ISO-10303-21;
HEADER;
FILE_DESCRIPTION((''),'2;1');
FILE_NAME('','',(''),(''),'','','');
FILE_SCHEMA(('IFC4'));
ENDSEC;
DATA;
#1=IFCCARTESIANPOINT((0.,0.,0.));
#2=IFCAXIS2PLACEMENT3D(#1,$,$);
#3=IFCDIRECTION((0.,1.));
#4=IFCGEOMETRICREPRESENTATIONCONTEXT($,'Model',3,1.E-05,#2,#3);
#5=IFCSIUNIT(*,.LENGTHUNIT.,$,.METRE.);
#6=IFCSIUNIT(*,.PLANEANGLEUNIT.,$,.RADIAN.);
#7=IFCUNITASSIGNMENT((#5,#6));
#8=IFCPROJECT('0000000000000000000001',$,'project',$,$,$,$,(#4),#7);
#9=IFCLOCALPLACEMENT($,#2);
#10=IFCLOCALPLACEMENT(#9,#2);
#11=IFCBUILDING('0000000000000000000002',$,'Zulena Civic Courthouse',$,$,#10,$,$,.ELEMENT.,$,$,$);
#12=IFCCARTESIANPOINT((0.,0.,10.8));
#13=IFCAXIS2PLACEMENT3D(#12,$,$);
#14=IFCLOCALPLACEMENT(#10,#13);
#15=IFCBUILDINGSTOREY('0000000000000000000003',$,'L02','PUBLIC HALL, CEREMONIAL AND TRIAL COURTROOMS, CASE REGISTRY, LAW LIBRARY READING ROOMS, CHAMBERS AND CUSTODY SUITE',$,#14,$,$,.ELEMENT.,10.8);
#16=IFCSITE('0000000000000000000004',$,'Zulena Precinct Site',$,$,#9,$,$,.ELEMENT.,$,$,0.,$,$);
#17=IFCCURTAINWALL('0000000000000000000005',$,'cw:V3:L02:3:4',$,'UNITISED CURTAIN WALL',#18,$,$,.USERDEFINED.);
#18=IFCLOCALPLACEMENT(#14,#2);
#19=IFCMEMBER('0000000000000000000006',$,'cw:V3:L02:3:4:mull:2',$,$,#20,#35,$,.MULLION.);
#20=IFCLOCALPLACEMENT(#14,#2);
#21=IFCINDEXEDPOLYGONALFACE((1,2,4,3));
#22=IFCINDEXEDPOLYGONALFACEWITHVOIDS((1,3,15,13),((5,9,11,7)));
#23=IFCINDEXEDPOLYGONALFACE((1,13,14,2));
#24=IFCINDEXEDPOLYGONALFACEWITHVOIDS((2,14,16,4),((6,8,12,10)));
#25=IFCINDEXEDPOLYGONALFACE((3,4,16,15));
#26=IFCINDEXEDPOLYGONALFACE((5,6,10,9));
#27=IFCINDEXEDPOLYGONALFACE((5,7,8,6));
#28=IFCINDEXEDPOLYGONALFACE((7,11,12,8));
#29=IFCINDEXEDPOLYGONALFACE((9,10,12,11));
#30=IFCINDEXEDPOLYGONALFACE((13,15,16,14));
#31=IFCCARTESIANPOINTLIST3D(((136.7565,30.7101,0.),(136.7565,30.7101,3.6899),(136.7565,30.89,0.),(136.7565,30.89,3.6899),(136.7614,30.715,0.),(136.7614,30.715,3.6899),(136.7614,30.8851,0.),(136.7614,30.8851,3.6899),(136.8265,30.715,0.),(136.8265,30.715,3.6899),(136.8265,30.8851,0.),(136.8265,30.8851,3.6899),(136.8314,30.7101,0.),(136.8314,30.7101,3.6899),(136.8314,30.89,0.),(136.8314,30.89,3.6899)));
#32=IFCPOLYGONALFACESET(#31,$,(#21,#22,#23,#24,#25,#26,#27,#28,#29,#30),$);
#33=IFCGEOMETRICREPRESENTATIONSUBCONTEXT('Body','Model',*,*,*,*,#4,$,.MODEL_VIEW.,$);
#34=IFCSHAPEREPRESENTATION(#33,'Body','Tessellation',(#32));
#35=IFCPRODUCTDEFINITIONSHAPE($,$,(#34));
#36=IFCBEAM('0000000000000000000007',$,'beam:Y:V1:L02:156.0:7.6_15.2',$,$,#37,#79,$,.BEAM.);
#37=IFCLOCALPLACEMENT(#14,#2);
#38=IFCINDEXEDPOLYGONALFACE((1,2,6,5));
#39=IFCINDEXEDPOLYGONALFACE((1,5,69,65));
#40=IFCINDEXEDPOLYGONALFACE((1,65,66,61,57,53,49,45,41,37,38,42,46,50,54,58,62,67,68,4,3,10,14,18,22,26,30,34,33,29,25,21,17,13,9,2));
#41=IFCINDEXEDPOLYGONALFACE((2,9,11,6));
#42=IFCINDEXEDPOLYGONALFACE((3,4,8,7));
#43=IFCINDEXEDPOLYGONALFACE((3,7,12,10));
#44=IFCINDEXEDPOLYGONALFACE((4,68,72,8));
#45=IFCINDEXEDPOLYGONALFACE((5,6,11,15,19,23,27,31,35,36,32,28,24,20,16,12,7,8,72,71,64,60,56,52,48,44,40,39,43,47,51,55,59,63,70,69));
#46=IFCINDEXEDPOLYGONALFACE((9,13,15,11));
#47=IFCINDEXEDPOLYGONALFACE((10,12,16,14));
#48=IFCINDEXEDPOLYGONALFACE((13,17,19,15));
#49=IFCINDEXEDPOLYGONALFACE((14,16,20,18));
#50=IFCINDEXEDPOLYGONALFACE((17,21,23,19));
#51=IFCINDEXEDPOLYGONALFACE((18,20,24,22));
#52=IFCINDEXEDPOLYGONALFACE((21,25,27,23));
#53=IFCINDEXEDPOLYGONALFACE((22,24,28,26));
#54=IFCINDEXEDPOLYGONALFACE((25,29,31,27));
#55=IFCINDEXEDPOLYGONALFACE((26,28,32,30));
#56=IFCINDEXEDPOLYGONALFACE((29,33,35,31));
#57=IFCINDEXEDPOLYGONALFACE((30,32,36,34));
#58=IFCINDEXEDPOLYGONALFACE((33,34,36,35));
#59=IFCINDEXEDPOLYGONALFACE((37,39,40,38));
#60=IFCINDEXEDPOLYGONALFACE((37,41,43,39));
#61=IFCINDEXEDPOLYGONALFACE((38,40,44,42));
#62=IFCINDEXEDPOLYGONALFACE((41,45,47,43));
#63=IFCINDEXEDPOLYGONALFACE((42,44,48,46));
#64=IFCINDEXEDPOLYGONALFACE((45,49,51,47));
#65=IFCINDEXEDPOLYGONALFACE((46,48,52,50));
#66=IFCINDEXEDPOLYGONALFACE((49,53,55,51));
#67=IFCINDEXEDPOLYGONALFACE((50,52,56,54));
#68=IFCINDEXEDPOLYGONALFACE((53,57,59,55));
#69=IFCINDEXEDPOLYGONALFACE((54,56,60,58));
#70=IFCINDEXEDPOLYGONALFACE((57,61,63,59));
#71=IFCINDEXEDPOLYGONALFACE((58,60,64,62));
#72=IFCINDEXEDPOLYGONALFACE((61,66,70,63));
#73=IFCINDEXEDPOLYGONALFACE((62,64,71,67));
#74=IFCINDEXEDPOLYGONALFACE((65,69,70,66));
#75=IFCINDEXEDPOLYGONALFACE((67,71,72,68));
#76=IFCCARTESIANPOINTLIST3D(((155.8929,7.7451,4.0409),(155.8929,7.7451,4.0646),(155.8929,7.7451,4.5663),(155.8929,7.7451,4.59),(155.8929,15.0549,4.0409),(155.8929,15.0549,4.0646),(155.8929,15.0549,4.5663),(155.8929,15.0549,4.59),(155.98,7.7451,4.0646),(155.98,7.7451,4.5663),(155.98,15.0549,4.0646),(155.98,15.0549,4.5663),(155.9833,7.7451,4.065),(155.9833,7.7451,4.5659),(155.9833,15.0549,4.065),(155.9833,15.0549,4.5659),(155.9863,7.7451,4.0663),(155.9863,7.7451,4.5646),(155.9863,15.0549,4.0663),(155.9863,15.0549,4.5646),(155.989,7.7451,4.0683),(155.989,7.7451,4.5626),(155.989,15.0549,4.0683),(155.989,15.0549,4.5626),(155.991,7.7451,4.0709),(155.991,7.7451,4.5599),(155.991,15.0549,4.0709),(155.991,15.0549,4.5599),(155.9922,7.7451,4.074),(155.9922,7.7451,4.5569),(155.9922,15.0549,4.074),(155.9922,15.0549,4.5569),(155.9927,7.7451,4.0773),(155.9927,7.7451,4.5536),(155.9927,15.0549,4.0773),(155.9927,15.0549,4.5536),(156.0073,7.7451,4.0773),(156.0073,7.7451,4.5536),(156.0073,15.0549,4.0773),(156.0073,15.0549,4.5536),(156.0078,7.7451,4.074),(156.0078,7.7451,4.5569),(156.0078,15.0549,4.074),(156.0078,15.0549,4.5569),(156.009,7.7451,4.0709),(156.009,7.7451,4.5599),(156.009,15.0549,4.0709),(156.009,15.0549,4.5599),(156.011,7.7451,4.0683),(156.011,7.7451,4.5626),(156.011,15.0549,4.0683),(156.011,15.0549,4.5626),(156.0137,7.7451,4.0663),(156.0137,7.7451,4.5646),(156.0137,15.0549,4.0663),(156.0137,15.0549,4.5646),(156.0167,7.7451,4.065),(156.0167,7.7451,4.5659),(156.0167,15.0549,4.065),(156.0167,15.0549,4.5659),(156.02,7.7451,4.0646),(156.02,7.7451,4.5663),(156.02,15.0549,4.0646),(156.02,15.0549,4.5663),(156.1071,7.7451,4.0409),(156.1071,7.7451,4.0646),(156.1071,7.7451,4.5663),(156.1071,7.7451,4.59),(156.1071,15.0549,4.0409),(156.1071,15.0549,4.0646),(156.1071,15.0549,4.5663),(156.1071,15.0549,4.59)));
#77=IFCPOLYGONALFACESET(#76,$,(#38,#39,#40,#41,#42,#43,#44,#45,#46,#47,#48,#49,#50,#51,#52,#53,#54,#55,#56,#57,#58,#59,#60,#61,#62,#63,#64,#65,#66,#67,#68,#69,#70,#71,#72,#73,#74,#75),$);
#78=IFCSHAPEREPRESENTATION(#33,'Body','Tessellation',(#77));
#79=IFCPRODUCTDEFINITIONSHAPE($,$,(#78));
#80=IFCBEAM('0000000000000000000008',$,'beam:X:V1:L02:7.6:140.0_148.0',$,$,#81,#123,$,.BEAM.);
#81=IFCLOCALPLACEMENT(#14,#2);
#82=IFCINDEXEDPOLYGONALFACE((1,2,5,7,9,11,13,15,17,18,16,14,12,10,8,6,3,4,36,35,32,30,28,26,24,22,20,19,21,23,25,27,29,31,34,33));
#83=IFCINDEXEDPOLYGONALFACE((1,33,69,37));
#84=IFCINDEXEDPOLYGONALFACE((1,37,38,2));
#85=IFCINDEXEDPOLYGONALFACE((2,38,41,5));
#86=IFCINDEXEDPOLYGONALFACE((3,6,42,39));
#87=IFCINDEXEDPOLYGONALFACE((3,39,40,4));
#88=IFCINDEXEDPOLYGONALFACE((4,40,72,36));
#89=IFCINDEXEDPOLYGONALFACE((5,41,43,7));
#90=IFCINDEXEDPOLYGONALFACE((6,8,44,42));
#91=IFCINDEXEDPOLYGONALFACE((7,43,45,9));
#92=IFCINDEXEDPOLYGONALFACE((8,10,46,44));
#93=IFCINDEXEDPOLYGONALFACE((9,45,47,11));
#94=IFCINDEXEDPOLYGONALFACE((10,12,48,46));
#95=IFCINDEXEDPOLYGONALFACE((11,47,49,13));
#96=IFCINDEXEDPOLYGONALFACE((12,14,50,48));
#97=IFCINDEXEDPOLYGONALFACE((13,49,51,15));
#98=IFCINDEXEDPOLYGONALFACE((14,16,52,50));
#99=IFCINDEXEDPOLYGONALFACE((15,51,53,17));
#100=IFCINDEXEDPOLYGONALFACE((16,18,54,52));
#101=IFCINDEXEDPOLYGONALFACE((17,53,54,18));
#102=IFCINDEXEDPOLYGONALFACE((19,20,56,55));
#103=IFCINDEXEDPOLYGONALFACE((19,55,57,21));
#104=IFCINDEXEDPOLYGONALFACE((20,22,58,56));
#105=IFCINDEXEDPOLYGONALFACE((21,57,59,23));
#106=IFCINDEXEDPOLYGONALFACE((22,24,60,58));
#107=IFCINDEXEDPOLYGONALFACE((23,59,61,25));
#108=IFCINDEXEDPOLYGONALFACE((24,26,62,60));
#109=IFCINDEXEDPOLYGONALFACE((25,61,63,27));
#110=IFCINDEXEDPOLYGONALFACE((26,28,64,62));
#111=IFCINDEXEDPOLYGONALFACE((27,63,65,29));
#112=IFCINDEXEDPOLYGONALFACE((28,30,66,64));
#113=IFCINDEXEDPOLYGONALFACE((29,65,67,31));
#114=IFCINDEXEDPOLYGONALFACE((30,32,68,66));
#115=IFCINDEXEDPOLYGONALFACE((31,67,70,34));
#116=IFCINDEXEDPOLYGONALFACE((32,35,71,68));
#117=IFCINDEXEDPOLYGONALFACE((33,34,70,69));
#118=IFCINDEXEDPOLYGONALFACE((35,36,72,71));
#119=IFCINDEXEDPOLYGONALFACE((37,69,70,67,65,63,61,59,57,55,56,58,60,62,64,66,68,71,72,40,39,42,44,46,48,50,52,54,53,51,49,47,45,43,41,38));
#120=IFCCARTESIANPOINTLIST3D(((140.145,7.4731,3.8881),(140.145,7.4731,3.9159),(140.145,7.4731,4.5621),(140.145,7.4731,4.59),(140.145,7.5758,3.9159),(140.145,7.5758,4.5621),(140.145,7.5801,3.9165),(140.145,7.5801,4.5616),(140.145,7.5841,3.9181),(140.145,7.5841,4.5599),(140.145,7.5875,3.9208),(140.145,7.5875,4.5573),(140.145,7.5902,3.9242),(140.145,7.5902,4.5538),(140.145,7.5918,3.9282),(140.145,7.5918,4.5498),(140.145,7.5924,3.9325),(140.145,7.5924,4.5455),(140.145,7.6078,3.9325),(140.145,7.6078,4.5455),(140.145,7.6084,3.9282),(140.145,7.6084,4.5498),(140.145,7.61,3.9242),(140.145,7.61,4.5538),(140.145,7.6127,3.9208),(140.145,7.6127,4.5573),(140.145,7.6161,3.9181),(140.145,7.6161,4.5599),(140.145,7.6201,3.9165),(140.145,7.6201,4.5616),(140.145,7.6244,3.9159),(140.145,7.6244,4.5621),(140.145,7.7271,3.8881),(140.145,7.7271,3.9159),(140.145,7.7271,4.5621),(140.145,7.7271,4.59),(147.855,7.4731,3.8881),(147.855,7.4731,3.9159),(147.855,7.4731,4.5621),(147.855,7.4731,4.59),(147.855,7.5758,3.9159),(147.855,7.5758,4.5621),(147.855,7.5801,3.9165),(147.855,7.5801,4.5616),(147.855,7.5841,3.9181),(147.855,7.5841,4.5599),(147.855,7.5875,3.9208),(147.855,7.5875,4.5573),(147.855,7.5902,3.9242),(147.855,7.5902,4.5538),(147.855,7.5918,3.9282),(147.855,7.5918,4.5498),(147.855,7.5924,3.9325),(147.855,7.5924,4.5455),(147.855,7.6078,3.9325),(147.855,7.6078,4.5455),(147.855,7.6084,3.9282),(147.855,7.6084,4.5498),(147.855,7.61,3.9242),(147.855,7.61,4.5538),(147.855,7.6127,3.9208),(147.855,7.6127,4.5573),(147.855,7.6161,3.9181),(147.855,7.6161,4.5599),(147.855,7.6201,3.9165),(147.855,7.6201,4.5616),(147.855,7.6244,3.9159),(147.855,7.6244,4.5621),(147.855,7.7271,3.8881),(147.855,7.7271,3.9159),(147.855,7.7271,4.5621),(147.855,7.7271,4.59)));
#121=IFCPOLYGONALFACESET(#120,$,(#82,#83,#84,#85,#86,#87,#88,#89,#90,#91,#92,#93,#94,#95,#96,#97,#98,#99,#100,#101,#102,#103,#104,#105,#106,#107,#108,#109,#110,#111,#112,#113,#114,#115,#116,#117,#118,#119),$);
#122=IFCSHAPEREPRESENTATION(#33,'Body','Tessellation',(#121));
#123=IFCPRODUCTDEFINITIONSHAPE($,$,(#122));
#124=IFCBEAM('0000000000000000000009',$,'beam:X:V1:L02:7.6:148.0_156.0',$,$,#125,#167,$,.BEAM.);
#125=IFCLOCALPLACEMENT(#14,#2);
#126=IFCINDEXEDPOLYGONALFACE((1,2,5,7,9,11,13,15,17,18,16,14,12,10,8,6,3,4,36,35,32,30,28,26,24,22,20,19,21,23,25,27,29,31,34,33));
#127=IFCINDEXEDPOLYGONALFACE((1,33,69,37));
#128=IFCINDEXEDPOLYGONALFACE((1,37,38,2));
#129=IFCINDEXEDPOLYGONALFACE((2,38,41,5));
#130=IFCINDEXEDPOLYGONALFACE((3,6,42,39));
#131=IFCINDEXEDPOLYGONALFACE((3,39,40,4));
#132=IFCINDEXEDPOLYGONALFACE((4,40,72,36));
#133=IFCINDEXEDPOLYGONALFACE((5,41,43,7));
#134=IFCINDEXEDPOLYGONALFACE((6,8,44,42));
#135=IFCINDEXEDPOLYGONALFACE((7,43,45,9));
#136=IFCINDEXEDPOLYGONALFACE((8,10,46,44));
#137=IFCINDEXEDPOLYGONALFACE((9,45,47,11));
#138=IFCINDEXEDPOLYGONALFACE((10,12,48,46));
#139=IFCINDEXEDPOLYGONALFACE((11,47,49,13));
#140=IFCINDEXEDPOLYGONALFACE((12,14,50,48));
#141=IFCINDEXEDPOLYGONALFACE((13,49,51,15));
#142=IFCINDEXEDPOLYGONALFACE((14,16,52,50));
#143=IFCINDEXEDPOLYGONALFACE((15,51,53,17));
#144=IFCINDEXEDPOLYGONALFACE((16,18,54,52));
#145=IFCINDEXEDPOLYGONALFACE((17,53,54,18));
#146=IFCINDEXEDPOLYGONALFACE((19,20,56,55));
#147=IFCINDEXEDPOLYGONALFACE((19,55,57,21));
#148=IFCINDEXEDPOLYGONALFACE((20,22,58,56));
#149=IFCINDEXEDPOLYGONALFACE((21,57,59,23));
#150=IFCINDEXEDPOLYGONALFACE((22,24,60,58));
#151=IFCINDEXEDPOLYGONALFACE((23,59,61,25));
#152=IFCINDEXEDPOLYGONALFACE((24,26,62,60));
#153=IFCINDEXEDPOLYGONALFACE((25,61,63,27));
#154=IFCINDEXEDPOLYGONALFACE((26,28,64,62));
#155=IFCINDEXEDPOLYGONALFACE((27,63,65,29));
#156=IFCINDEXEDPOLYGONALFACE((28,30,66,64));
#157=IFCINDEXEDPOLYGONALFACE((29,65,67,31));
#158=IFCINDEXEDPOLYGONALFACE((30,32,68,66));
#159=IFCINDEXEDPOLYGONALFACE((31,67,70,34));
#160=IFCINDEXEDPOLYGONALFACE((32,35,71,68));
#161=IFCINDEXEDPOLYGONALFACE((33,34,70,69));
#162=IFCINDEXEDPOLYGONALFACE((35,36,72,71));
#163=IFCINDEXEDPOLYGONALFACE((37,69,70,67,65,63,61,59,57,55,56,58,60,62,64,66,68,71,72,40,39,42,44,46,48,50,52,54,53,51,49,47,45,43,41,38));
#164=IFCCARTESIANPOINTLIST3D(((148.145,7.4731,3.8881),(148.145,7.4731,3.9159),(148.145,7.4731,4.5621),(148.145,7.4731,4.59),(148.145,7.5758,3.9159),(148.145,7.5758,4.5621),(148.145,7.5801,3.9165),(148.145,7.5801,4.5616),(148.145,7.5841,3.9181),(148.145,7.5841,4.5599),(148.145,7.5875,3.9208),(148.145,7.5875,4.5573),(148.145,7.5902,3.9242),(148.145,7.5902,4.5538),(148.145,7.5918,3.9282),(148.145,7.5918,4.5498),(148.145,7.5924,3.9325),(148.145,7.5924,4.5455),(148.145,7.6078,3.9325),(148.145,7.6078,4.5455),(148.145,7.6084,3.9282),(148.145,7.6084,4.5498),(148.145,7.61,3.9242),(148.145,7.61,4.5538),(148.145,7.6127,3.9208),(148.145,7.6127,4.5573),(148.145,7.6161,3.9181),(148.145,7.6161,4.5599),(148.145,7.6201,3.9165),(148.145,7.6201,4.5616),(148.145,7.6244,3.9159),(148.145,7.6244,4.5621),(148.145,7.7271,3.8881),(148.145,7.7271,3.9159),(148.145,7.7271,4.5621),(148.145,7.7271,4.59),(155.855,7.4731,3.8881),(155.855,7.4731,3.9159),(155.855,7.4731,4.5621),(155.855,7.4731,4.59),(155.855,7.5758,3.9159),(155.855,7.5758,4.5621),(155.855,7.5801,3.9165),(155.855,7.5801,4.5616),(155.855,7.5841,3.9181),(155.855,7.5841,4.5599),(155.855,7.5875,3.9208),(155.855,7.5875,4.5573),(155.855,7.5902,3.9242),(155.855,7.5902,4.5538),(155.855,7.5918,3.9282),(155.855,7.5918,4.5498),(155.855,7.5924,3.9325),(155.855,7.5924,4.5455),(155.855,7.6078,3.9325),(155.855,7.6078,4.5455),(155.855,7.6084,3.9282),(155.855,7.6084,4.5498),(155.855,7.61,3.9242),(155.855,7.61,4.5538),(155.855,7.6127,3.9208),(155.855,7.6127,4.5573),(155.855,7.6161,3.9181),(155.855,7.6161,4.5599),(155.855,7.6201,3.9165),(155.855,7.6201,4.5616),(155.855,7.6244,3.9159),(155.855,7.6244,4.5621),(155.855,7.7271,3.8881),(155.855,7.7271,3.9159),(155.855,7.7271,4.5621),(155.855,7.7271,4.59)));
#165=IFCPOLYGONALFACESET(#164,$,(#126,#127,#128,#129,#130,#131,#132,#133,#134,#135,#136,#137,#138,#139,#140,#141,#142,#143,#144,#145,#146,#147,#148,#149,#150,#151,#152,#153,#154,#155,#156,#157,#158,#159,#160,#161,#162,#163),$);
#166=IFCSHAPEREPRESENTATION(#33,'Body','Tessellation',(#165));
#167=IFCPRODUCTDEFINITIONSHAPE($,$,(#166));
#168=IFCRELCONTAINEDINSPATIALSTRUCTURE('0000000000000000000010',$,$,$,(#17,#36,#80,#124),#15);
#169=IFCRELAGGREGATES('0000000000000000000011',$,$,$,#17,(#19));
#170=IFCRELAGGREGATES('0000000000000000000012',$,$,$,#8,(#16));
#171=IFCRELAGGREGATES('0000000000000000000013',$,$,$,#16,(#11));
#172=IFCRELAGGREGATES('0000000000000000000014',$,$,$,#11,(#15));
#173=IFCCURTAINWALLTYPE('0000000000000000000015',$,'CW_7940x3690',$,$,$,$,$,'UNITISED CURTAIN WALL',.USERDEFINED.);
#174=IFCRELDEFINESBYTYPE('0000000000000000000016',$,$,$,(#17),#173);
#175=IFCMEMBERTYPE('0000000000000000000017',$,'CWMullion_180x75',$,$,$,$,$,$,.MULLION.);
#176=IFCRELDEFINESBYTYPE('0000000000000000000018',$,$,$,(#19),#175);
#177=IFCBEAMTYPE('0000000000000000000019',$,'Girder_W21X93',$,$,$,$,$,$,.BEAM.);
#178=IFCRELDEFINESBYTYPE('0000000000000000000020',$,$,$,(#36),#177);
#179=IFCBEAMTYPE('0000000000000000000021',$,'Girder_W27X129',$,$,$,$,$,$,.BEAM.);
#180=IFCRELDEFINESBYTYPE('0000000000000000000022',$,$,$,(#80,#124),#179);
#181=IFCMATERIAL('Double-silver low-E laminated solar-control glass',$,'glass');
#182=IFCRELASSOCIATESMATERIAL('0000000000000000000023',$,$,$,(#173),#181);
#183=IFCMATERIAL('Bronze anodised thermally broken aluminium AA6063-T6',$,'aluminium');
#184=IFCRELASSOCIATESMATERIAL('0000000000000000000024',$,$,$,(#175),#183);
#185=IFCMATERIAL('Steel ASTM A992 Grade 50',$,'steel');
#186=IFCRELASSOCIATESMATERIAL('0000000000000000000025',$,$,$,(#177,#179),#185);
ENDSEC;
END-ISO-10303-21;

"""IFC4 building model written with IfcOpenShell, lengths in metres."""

from ifc_helpers import new_model, si_unit, direction, frame, origin, origin_2d, place, context, subcontext, project, spatial, hollow_rectangle, i_section, extrude, material, material_profile, profile_set, type_object, element, aggregate, save


model = new_model("IFC4")

# Units and contexts
model_context = context("Model", 3, precision=1e-05, world=origin(), true_north=direction((0.0, 1.0)))
body_context = subcontext(model_context, "Body", "Model", "MODEL_VIEW")
ifc_project = project(units=[si_unit("LENGTHUNIT", "METRE"), si_unit("PLANEANGLEUNIT", "RADIAN")], contexts=[model_context])

# Site, building, storey
site_placement = place(None, origin())
site = spatial("IfcSite", under=ifc_project, at=site_placement, Name="Zulena Precinct Site", CompositionType="ELEMENT", RefElevation=0.0)
building_placement = place(site_placement, origin())
building = spatial("IfcBuilding", under=site, at=building_placement, Name="Zulena Civic Courthouse", CompositionType="ELEMENT")
storey_placement = place(building_placement, frame((0.0, 0.0, 10.8)))
storey = spatial("IfcBuildingStorey", under=building, at=storey_placement, Name="L02", Description="PUBLIC HALL, CEREMONIAL AND TRIAL COURTROOMS, CASE REGISTRY, LAW LIBRARY READING ROOMS, CHAMBERS AND CUSTODY SUITE", CompositionType="ELEMENT", Elevation=10.8)

# Shared definitions
ifc_material_1 = material(Name="Steel ASTM A992 Grade 50", Category="steel")

# Curtain wall, member
ifc_material_2 = material(Name="Double-silver low-E laminated solar-control glass", Category="glass")
curtain_wall_type = type_object("IfcCurtainWallType", Name="CW_7940x3690", ElementType="UNITISED CURTAIN WALL", PredefinedType="USERDEFINED", material=ifc_material_2)
curtain_wall_placement = place(storey_placement, origin())
curtain_wall = element("IfcCurtainWall", 1, at=curtain_wall_placement, inside=storey, type_object=curtain_wall_type, Name="cw:V3:L02:3:4", ObjectType="UNITISED CURTAIN WALL", PredefinedType="USERDEFINED")
ifc_material_3 = material(Name="Bronze anodised thermally broken aluminium AA6063-T6", Category="aluminium")
ifc_material_profile_1 = material_profile(ifc_material_3, hollow_rectangle(XDim=0.075, YDim=0.1799, WallThickness=0.0049, at=origin_2d()), Name="CWM180X75X5")
ifc_profile_set_1 = profile_set([ifc_material_profile_1], Name="Bronze anodised thermally broken aluminium AA6063-T6")
member_type = type_object("IfcMemberType", Name="CWMullion_180x75", PredefinedType="MULLION", material=ifc_profile_set_1)
member_1_placement = place(storey_placement, frame((136.7939, 30.8, 0.0), z_axis=(0.0, 0.0, 1.0), x_axis=(1.0, 0.0, 0.0)))
member_1 = element("IfcMember", 2, at=member_1_placement, type_object=member_type, Name="cw:V3:L02:3:4:mull:2", PredefinedType="MULLION", context=body_context, shape_type="SweptSolid", body=[
    extrude(hollow_rectangle(XDim=0.075, YDim=0.1799, WallThickness=0.0049, at=origin_2d()), origin(), (0.0, 0.0, 1.0), 3.6899),
])

# Beams
ifc_material_profile_2 = material_profile(ifc_material_1, i_section(OverallWidth=0.2141, OverallDepth=0.5491, WebThickness=0.0146, FlangeThickness=0.0237, FilletRadius=0.0127, at=origin_2d()), Name="W21X93")
ifc_profile_set_2 = profile_set([ifc_material_profile_2], Name="Steel ASTM A992 Grade 50")
beam_type_1 = type_object("IfcBeamType", Name="Girder_W21X93", PredefinedType="BEAM", material=ifc_profile_set_2)
beam_placement = place(storey_placement, frame((156.0, 7.7451, 4.3154), z_axis=(0.0, 1.0, 0.0), x_axis=(-1.0, 0.0, 0.0)))
element("IfcBeam", 3, at=beam_placement, inside=storey, type_object=beam_type_1, Name="beam:Y:V1:L02:156.0:7.6_15.2", PredefinedType="BEAM", context=body_context, shape_type="SweptSolid", body=[
    extrude(i_section(OverallWidth=0.2141, OverallDepth=0.5491, WebThickness=0.0146, FlangeThickness=0.0237, FilletRadius=0.0127, at=origin_2d()), origin(), (0.0, 0.0, 1.0), 7.3098),
])
ifc_material_profile_3 = material_profile(ifc_material_1, i_section(OverallWidth=0.2539, OverallDepth=0.7019, WebThickness=0.0154, FlangeThickness=0.0278, FilletRadius=0.0166, at=origin_2d()), Name="W27X129")
ifc_profile_set_3 = profile_set([ifc_material_profile_3], Name="Steel ASTM A992 Grade 50")
beam_type_2 = type_object("IfcBeamType", Name="Girder_W27X129", PredefinedType="BEAM", material=ifc_profile_set_3)
for number, where, z_axis, x_axis, name in (
    (4, (140.145, 7.6001, 4.239), (1.0, 0.0, 0.0), (0.0, 1.0, 0.0), "beam:X:V1:L02:7.6:140.0_148.0"),
    (5, (148.145, 7.6001, 4.239), (1.0, 0.0, 0.0), (0.0, 1.0, 0.0), "beam:X:V1:L02:7.6:148.0_156.0"),
):
    element("IfcBeam", number, at=place(storey_placement, frame(where, z_axis=z_axis, x_axis=x_axis)), inside=storey, type_object=beam_type_2, Name=name, PredefinedType="BEAM", context=body_context, shape_type="SweptSolid", body=[
        extrude(i_section(OverallWidth=0.2539, OverallDepth=0.7019, WebThickness=0.0154, FlangeThickness=0.0278, FilletRadius=0.0166, at=origin_2d()), origin(), (0.0, 0.0, 1.0), 7.71),
    ])

aggregate(curtain_wall, [member_1])

save(model, "model.ifc")
